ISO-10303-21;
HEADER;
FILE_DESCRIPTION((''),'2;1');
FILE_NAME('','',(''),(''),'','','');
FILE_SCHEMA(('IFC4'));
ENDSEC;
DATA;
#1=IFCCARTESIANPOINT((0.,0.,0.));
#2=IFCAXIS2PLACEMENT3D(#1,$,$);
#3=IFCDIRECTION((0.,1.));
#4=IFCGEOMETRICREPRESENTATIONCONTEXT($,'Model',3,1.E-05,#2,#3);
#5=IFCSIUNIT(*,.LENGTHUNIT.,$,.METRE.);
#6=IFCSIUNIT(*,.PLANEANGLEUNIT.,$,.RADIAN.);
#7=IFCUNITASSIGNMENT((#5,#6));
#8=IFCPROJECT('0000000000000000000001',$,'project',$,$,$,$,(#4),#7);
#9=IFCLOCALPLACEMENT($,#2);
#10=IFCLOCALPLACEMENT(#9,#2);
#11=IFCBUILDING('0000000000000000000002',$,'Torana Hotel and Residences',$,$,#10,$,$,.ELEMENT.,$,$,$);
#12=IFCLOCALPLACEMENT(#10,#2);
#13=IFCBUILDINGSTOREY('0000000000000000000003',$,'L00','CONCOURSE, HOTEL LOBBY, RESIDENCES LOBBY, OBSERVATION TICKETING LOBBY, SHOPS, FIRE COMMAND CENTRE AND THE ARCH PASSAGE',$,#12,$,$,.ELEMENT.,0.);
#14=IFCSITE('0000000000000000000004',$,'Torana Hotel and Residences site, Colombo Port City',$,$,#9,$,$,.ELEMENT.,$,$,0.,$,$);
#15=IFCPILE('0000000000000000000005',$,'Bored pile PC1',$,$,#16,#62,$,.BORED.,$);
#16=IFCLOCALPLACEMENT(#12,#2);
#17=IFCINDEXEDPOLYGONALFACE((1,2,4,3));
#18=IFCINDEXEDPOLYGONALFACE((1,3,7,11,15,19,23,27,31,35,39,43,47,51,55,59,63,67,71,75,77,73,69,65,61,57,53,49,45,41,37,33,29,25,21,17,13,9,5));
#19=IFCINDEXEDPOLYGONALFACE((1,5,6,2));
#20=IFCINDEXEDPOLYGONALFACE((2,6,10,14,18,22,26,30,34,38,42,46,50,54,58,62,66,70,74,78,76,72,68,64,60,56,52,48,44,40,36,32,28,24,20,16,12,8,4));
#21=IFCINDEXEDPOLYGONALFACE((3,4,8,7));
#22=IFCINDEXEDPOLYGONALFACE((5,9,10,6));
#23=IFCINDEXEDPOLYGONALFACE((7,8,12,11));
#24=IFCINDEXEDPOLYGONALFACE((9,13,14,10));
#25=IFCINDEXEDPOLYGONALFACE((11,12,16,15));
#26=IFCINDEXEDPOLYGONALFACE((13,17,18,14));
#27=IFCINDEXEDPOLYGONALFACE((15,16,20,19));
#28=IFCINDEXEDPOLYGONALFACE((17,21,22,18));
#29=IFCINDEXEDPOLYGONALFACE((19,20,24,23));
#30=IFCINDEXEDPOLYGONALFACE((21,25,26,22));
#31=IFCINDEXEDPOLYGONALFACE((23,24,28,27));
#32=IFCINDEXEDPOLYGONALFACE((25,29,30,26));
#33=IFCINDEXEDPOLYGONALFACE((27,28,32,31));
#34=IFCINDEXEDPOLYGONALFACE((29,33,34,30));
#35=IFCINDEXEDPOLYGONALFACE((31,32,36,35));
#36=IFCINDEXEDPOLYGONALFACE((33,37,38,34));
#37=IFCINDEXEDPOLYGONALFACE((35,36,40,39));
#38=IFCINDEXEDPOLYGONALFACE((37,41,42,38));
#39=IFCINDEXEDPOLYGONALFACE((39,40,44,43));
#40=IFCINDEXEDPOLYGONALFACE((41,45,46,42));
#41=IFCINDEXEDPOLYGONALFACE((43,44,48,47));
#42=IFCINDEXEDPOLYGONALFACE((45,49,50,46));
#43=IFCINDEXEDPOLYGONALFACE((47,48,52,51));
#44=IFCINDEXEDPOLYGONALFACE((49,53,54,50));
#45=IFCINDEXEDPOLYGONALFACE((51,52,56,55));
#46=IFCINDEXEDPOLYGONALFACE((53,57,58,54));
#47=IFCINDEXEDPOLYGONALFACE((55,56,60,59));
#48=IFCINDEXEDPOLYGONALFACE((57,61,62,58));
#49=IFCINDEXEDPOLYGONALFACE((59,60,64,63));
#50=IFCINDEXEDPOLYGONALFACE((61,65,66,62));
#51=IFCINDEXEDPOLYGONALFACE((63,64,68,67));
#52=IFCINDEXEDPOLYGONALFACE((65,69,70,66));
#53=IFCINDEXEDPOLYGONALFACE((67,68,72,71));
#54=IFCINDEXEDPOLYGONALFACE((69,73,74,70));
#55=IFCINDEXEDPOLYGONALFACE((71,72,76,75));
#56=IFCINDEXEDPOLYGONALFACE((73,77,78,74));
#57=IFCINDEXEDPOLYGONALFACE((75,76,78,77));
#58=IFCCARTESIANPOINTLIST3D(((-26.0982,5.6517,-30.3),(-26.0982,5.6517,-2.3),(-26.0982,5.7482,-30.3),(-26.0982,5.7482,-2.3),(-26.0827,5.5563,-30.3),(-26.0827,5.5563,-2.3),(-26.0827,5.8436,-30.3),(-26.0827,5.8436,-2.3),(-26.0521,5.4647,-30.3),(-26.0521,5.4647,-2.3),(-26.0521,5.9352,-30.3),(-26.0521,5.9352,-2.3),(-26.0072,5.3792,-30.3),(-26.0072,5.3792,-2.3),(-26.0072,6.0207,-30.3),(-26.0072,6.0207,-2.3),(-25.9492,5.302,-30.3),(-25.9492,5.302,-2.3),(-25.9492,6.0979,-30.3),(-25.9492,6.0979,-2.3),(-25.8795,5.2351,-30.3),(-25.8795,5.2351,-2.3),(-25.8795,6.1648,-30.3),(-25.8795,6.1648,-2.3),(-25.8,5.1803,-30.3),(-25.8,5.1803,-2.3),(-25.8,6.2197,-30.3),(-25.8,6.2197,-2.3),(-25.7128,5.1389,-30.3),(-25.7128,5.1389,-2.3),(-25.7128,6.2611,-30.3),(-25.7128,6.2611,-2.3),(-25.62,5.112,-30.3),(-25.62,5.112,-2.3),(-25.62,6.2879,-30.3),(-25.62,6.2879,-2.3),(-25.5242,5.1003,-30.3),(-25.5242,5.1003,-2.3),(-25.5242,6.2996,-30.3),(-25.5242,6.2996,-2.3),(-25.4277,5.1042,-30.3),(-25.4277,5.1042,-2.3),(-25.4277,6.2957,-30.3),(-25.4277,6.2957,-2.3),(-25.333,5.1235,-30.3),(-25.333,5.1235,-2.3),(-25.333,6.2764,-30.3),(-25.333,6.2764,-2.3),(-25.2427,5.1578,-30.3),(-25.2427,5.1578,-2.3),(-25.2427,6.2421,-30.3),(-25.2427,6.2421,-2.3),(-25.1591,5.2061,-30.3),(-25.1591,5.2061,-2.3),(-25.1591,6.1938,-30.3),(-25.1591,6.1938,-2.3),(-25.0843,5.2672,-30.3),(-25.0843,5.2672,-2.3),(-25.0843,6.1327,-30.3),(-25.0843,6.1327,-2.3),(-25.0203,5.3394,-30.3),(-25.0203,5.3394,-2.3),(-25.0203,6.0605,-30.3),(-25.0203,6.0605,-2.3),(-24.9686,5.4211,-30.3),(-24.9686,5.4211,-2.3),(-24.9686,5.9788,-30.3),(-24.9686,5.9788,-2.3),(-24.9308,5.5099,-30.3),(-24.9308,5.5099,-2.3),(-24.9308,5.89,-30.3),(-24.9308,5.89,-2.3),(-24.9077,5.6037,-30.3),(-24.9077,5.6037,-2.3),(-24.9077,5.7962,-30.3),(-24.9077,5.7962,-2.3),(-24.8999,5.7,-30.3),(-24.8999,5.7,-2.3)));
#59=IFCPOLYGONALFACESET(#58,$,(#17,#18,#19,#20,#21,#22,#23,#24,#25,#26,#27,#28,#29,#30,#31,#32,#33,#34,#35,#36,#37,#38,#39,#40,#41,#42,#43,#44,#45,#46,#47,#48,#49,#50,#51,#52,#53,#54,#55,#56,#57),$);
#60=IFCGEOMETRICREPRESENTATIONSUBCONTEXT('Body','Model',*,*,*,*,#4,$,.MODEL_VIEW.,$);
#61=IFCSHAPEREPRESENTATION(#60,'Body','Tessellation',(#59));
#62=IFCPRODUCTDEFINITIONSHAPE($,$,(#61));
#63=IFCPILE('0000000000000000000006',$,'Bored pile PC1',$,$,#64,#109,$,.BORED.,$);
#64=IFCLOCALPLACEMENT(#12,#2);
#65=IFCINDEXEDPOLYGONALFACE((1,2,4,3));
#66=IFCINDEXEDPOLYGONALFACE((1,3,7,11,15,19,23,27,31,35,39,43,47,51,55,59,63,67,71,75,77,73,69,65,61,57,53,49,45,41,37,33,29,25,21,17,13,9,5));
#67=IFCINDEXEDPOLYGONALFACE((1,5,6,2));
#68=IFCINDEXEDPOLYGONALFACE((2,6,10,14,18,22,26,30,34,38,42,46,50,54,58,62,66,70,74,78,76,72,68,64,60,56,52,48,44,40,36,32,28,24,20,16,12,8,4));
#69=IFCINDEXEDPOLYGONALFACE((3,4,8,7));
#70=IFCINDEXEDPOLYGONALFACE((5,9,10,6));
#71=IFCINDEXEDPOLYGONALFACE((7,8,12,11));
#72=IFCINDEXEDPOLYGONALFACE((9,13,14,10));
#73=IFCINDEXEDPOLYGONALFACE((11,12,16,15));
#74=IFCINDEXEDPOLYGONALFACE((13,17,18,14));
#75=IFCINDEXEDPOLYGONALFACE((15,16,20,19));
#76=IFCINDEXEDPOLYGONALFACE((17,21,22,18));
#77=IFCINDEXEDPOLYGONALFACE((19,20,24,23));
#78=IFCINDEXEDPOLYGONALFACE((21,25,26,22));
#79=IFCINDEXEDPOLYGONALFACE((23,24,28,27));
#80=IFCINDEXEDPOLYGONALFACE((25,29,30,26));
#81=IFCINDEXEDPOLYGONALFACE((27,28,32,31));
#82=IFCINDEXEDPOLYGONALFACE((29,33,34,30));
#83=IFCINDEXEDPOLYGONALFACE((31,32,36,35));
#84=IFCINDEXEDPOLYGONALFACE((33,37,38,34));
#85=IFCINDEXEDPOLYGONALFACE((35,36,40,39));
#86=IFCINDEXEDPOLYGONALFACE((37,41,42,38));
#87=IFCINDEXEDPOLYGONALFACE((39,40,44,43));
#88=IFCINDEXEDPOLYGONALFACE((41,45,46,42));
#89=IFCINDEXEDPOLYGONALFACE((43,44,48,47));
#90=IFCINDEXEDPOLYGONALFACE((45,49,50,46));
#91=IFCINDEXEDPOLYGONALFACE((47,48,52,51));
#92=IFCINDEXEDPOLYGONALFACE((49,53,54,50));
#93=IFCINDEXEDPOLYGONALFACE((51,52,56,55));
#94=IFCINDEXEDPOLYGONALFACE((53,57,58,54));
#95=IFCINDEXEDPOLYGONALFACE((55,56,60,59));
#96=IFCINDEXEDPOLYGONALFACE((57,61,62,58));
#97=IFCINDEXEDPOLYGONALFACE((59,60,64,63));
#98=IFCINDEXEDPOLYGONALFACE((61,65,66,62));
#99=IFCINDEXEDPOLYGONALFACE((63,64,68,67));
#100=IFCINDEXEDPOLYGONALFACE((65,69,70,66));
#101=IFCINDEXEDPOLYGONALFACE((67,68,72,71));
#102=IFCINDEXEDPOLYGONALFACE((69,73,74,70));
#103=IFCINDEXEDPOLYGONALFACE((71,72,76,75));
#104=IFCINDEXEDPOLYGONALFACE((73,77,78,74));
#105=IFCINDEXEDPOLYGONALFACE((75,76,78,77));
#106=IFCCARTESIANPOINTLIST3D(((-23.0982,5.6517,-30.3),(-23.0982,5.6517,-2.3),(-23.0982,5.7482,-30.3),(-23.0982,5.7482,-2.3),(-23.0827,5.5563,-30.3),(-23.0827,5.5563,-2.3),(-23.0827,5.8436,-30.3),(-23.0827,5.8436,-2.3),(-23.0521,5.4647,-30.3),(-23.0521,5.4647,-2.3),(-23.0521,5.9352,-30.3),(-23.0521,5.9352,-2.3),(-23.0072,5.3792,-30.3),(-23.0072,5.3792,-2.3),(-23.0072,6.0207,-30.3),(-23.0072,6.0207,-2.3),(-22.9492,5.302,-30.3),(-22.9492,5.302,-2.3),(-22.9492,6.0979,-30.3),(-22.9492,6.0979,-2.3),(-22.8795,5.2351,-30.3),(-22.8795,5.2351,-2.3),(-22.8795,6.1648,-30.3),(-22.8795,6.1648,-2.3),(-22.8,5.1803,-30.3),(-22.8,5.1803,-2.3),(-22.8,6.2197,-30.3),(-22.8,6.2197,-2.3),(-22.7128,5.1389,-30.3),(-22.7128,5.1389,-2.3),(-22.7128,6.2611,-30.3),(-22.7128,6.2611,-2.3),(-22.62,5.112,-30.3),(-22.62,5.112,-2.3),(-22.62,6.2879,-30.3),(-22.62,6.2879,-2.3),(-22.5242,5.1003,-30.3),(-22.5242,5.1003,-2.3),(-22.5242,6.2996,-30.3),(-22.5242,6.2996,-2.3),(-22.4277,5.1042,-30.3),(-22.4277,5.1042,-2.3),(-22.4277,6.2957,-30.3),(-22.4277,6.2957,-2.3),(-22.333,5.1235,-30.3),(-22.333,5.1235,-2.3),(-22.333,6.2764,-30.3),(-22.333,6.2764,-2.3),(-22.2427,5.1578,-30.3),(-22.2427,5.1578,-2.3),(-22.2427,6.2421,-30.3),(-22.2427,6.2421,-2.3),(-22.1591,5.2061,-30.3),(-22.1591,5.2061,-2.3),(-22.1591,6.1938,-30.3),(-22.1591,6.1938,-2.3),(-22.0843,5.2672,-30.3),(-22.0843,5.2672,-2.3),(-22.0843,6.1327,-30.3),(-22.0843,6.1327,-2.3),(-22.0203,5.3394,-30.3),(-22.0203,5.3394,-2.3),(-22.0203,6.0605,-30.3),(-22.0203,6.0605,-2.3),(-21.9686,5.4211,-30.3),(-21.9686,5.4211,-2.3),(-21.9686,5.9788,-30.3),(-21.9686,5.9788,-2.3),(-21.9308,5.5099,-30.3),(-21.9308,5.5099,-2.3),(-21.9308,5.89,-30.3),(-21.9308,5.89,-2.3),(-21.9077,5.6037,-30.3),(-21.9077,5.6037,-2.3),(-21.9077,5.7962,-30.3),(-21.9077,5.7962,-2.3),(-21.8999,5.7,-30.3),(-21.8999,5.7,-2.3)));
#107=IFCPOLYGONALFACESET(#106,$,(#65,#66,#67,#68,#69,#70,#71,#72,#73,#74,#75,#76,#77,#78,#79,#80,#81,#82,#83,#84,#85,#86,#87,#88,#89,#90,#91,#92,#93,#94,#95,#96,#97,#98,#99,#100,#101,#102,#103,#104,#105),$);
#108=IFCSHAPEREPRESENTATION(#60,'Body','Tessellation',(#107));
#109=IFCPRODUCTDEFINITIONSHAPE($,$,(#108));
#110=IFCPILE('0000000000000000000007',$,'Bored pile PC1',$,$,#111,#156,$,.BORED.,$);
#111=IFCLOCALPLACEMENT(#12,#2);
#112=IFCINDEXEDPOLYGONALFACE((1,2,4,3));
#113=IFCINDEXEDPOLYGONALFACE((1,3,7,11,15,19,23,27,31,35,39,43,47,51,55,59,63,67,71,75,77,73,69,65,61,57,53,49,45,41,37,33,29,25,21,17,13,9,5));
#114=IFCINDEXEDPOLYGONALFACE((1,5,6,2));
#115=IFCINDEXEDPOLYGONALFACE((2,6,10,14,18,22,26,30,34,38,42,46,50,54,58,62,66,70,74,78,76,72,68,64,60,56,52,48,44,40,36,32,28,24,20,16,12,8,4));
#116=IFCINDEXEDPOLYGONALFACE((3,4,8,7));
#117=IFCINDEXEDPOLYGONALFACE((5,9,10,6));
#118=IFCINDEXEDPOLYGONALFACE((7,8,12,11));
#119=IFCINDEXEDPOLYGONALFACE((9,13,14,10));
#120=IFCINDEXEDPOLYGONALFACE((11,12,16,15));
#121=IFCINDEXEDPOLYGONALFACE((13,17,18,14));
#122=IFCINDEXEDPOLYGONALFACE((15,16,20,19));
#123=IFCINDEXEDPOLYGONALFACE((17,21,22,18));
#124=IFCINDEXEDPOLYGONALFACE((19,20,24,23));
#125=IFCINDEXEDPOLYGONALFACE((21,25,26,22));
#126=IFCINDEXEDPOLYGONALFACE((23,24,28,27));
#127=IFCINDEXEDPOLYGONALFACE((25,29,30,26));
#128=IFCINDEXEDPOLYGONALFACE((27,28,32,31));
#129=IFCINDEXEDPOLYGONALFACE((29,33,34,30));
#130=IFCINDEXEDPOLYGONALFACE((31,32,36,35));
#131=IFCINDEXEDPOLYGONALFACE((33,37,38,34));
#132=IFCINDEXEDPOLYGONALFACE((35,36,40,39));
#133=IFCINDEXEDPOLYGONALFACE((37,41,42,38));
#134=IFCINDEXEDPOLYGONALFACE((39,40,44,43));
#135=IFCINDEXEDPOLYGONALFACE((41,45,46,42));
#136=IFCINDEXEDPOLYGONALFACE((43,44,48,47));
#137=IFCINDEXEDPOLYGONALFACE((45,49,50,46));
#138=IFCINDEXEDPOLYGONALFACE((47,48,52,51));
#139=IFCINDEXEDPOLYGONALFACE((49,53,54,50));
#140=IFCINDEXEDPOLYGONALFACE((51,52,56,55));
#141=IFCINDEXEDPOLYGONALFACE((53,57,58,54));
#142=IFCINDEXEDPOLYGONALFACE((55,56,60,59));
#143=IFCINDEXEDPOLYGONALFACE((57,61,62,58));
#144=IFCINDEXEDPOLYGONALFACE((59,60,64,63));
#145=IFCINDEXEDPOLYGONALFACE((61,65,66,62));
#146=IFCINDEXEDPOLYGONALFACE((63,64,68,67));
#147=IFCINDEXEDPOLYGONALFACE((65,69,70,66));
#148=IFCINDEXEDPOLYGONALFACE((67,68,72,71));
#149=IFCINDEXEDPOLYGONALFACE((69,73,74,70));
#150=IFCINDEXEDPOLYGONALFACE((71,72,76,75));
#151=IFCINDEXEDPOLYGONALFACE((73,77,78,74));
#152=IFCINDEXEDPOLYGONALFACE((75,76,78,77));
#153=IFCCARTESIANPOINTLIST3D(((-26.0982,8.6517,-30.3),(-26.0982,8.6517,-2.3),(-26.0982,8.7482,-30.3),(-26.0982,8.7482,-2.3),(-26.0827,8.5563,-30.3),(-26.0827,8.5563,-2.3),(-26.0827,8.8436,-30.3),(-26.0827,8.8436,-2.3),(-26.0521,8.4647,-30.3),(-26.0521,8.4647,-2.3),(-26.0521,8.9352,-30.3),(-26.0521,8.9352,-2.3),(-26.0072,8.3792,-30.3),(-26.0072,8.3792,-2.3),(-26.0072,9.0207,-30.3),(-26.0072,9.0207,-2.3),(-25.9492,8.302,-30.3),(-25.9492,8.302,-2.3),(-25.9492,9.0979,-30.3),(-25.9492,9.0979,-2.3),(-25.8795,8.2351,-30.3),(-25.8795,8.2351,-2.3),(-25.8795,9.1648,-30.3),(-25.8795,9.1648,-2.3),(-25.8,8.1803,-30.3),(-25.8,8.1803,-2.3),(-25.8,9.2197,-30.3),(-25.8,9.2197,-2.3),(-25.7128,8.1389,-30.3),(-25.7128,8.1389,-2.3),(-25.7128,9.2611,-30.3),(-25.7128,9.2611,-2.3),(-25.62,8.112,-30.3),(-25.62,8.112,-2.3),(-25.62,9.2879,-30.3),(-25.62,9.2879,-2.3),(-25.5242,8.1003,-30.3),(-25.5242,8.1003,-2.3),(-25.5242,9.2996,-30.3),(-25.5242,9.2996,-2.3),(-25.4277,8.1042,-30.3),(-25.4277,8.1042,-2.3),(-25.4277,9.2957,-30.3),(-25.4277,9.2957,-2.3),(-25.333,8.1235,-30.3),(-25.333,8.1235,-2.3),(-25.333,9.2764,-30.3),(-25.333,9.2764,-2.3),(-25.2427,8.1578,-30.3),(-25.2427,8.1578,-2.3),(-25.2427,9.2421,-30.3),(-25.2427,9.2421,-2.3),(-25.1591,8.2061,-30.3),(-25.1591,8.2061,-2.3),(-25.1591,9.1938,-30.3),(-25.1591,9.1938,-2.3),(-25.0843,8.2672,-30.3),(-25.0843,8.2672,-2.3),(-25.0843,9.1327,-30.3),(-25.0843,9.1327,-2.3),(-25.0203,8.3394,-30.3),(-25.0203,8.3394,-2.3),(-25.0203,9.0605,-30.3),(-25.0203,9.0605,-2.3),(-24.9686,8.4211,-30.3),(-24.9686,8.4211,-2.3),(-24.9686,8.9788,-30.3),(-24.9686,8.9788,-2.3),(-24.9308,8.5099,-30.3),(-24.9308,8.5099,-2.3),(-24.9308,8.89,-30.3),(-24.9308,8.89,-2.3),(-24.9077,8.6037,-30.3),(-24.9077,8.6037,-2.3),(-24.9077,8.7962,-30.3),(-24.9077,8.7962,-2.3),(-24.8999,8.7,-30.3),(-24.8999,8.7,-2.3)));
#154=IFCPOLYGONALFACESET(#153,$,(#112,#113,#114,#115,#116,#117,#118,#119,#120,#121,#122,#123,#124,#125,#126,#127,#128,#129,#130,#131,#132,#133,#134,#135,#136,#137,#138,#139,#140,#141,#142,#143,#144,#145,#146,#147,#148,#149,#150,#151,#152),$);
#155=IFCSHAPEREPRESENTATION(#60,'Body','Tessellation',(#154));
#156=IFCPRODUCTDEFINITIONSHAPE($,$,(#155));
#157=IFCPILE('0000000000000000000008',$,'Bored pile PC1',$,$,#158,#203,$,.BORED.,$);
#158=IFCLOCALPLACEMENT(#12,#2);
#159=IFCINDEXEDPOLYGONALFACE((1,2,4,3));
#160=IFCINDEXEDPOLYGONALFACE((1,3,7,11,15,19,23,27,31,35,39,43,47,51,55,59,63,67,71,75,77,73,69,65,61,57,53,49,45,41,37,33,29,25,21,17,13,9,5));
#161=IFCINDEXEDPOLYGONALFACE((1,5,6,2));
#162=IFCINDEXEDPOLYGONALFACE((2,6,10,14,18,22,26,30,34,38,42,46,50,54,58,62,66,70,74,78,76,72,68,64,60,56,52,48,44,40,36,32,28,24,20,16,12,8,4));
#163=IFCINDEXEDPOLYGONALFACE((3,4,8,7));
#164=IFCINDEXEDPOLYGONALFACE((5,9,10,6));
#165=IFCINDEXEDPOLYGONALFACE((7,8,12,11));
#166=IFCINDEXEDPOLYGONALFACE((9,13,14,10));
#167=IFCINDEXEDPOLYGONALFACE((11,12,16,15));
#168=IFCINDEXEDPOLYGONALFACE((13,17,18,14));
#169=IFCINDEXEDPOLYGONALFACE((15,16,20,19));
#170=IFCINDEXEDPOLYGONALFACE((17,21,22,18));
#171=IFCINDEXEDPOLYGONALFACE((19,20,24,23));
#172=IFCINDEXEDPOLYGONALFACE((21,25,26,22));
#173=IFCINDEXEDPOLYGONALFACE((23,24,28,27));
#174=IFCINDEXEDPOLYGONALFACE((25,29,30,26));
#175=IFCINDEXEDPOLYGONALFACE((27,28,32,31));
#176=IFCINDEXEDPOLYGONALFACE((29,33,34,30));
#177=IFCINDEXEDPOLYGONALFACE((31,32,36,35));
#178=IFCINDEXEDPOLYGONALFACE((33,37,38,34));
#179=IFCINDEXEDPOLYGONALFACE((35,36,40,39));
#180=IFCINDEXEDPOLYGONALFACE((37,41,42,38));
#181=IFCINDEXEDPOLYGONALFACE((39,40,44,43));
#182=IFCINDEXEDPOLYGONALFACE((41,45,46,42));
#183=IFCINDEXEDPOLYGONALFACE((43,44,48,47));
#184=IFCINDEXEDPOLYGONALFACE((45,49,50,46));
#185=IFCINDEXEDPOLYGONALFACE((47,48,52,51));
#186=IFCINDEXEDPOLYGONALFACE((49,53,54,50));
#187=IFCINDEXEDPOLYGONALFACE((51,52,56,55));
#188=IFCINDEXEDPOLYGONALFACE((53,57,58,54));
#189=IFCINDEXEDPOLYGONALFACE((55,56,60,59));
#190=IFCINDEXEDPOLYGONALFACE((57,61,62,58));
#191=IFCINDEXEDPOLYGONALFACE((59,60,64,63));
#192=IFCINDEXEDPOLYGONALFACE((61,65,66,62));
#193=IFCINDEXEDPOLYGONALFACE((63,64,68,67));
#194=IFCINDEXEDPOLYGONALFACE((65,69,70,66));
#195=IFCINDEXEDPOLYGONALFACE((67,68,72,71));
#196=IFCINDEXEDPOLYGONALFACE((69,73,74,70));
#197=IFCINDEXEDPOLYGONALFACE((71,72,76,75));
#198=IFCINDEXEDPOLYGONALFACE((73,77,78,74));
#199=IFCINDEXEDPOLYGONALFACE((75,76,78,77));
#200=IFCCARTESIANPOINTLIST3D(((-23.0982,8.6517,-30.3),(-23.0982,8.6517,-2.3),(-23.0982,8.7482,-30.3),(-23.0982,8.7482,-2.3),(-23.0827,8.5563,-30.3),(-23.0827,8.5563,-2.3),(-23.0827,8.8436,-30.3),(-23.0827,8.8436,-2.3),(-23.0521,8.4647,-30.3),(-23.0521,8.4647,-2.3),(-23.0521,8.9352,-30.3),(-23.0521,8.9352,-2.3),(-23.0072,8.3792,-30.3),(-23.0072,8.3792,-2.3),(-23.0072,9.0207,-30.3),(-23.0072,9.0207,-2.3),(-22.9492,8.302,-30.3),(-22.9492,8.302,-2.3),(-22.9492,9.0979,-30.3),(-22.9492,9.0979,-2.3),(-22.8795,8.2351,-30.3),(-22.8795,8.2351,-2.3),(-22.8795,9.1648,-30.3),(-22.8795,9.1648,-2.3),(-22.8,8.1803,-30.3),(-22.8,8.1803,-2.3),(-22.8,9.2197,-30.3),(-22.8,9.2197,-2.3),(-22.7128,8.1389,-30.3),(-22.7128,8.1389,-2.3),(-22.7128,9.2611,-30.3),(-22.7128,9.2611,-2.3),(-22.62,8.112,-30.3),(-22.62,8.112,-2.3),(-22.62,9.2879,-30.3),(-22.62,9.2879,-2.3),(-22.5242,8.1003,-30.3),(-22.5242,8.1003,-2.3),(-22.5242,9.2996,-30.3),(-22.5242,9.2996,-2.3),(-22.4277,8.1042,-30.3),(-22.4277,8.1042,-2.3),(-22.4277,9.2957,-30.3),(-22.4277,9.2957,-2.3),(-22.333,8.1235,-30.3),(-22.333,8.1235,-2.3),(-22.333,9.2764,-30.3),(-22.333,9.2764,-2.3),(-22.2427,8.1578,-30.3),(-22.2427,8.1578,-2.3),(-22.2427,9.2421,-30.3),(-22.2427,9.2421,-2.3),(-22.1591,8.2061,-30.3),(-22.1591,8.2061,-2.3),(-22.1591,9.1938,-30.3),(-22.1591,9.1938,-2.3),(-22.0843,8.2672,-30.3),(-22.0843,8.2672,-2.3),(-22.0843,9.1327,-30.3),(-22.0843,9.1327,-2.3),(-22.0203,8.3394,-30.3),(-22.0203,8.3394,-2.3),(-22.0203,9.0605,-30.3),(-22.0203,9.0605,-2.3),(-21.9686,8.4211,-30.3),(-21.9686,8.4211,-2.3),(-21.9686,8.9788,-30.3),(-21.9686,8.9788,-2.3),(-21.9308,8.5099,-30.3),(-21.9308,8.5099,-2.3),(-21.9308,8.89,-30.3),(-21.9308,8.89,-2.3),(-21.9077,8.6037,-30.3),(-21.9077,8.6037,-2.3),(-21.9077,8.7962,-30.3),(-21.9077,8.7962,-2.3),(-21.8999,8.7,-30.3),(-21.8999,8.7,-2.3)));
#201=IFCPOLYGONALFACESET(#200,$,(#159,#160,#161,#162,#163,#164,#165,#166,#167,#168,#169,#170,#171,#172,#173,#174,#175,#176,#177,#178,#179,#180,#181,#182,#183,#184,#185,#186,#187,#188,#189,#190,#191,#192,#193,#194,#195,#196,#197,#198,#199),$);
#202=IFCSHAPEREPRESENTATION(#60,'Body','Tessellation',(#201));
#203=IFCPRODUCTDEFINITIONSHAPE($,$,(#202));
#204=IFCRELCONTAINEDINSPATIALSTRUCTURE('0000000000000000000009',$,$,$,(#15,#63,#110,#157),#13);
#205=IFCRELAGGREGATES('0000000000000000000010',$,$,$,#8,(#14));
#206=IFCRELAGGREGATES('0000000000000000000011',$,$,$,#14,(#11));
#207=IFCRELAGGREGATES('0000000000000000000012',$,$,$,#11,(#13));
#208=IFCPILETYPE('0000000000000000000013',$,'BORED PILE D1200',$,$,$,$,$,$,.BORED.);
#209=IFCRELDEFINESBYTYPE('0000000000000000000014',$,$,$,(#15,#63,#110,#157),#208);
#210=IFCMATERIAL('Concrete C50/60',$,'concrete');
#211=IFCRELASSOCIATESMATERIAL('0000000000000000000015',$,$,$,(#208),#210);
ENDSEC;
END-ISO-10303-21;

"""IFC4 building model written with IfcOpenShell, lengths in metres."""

from ifc_helpers import new_model, si_unit, direction, frame, origin, origin_2d, place, context, subcontext, project, spatial, circle, extrude, material, type_object, element, save


model = new_model("IFC4")

# Units and contexts
model_context = context("Model", 3, precision=1e-05, world=origin(), true_north=direction((0.0, 1.0)))
body_context = subcontext(model_context, "Body", "Model", "MODEL_VIEW")
ifc_project = project(units=[si_unit("LENGTHUNIT", "METRE"), si_unit("PLANEANGLEUNIT", "RADIAN")], contexts=[model_context])

# Site, building, storey
site_placement = place(None, origin())
site = spatial("IfcSite", under=ifc_project, at=site_placement, Name="Torana Hotel and Residences site, Colombo Port City", CompositionType="ELEMENT", RefElevation=0.0)
building_placement = place(site_placement, origin())
building = spatial("IfcBuilding", under=site, at=building_placement, Name="Torana Hotel and Residences", CompositionType="ELEMENT")
storey_placement = place(building_placement, origin())
storey = spatial("IfcBuildingStorey", under=building, at=storey_placement, Name="L00", Description="CONCOURSE, HOTEL LOBBY, RESIDENCES LOBBY, OBSERVATION TICKETING LOBBY, SHOPS, FIRE COMMAND CENTRE AND THE ARCH PASSAGE", CompositionType="ELEMENT", Elevation=0.0)

# Piles
ifc_material_1 = material(Name="Concrete C50/60", Category="concrete")
pile_type_1 = type_object("IfcPileType", Name="BORED PILE D1200", PredefinedType="BORED", material=ifc_material_1)
for number, where, z_axis, x_axis, name in (
    (1, (-25.5, 5.7, -2.3), (0.0, 0.0, -1.0), (1.0, 0.0, 0.0), "Bored pile PC1"),
    (2, (-22.5, 5.7, -2.3), (0.0, 0.0, -1.0), (1.0, 0.0, 0.0), "Bored pile PC1"),
    (3, (-25.5, 8.7, -2.3), (0.0, 0.0, -1.0), (1.0, 0.0, 0.0), "Bored pile PC1"),
    (4, (-22.5, 8.7, -2.3), (0.0, 0.0, -1.0), (1.0, 0.0, 0.0), "Bored pile PC1"),
):
    element("IfcPile", number, at=place(storey_placement, frame(where, z_axis=z_axis, x_axis=x_axis)), inside=storey, type_object=pile_type_1, Name=name, PredefinedType="BORED", context=body_context, shape_type="SweptSolid", body=[
        extrude(circle(Radius=0.6001, at=origin_2d()), origin(), (0.0, 0.0, 1.0), 28.0),
    ])

save(model, "model.ifc")
